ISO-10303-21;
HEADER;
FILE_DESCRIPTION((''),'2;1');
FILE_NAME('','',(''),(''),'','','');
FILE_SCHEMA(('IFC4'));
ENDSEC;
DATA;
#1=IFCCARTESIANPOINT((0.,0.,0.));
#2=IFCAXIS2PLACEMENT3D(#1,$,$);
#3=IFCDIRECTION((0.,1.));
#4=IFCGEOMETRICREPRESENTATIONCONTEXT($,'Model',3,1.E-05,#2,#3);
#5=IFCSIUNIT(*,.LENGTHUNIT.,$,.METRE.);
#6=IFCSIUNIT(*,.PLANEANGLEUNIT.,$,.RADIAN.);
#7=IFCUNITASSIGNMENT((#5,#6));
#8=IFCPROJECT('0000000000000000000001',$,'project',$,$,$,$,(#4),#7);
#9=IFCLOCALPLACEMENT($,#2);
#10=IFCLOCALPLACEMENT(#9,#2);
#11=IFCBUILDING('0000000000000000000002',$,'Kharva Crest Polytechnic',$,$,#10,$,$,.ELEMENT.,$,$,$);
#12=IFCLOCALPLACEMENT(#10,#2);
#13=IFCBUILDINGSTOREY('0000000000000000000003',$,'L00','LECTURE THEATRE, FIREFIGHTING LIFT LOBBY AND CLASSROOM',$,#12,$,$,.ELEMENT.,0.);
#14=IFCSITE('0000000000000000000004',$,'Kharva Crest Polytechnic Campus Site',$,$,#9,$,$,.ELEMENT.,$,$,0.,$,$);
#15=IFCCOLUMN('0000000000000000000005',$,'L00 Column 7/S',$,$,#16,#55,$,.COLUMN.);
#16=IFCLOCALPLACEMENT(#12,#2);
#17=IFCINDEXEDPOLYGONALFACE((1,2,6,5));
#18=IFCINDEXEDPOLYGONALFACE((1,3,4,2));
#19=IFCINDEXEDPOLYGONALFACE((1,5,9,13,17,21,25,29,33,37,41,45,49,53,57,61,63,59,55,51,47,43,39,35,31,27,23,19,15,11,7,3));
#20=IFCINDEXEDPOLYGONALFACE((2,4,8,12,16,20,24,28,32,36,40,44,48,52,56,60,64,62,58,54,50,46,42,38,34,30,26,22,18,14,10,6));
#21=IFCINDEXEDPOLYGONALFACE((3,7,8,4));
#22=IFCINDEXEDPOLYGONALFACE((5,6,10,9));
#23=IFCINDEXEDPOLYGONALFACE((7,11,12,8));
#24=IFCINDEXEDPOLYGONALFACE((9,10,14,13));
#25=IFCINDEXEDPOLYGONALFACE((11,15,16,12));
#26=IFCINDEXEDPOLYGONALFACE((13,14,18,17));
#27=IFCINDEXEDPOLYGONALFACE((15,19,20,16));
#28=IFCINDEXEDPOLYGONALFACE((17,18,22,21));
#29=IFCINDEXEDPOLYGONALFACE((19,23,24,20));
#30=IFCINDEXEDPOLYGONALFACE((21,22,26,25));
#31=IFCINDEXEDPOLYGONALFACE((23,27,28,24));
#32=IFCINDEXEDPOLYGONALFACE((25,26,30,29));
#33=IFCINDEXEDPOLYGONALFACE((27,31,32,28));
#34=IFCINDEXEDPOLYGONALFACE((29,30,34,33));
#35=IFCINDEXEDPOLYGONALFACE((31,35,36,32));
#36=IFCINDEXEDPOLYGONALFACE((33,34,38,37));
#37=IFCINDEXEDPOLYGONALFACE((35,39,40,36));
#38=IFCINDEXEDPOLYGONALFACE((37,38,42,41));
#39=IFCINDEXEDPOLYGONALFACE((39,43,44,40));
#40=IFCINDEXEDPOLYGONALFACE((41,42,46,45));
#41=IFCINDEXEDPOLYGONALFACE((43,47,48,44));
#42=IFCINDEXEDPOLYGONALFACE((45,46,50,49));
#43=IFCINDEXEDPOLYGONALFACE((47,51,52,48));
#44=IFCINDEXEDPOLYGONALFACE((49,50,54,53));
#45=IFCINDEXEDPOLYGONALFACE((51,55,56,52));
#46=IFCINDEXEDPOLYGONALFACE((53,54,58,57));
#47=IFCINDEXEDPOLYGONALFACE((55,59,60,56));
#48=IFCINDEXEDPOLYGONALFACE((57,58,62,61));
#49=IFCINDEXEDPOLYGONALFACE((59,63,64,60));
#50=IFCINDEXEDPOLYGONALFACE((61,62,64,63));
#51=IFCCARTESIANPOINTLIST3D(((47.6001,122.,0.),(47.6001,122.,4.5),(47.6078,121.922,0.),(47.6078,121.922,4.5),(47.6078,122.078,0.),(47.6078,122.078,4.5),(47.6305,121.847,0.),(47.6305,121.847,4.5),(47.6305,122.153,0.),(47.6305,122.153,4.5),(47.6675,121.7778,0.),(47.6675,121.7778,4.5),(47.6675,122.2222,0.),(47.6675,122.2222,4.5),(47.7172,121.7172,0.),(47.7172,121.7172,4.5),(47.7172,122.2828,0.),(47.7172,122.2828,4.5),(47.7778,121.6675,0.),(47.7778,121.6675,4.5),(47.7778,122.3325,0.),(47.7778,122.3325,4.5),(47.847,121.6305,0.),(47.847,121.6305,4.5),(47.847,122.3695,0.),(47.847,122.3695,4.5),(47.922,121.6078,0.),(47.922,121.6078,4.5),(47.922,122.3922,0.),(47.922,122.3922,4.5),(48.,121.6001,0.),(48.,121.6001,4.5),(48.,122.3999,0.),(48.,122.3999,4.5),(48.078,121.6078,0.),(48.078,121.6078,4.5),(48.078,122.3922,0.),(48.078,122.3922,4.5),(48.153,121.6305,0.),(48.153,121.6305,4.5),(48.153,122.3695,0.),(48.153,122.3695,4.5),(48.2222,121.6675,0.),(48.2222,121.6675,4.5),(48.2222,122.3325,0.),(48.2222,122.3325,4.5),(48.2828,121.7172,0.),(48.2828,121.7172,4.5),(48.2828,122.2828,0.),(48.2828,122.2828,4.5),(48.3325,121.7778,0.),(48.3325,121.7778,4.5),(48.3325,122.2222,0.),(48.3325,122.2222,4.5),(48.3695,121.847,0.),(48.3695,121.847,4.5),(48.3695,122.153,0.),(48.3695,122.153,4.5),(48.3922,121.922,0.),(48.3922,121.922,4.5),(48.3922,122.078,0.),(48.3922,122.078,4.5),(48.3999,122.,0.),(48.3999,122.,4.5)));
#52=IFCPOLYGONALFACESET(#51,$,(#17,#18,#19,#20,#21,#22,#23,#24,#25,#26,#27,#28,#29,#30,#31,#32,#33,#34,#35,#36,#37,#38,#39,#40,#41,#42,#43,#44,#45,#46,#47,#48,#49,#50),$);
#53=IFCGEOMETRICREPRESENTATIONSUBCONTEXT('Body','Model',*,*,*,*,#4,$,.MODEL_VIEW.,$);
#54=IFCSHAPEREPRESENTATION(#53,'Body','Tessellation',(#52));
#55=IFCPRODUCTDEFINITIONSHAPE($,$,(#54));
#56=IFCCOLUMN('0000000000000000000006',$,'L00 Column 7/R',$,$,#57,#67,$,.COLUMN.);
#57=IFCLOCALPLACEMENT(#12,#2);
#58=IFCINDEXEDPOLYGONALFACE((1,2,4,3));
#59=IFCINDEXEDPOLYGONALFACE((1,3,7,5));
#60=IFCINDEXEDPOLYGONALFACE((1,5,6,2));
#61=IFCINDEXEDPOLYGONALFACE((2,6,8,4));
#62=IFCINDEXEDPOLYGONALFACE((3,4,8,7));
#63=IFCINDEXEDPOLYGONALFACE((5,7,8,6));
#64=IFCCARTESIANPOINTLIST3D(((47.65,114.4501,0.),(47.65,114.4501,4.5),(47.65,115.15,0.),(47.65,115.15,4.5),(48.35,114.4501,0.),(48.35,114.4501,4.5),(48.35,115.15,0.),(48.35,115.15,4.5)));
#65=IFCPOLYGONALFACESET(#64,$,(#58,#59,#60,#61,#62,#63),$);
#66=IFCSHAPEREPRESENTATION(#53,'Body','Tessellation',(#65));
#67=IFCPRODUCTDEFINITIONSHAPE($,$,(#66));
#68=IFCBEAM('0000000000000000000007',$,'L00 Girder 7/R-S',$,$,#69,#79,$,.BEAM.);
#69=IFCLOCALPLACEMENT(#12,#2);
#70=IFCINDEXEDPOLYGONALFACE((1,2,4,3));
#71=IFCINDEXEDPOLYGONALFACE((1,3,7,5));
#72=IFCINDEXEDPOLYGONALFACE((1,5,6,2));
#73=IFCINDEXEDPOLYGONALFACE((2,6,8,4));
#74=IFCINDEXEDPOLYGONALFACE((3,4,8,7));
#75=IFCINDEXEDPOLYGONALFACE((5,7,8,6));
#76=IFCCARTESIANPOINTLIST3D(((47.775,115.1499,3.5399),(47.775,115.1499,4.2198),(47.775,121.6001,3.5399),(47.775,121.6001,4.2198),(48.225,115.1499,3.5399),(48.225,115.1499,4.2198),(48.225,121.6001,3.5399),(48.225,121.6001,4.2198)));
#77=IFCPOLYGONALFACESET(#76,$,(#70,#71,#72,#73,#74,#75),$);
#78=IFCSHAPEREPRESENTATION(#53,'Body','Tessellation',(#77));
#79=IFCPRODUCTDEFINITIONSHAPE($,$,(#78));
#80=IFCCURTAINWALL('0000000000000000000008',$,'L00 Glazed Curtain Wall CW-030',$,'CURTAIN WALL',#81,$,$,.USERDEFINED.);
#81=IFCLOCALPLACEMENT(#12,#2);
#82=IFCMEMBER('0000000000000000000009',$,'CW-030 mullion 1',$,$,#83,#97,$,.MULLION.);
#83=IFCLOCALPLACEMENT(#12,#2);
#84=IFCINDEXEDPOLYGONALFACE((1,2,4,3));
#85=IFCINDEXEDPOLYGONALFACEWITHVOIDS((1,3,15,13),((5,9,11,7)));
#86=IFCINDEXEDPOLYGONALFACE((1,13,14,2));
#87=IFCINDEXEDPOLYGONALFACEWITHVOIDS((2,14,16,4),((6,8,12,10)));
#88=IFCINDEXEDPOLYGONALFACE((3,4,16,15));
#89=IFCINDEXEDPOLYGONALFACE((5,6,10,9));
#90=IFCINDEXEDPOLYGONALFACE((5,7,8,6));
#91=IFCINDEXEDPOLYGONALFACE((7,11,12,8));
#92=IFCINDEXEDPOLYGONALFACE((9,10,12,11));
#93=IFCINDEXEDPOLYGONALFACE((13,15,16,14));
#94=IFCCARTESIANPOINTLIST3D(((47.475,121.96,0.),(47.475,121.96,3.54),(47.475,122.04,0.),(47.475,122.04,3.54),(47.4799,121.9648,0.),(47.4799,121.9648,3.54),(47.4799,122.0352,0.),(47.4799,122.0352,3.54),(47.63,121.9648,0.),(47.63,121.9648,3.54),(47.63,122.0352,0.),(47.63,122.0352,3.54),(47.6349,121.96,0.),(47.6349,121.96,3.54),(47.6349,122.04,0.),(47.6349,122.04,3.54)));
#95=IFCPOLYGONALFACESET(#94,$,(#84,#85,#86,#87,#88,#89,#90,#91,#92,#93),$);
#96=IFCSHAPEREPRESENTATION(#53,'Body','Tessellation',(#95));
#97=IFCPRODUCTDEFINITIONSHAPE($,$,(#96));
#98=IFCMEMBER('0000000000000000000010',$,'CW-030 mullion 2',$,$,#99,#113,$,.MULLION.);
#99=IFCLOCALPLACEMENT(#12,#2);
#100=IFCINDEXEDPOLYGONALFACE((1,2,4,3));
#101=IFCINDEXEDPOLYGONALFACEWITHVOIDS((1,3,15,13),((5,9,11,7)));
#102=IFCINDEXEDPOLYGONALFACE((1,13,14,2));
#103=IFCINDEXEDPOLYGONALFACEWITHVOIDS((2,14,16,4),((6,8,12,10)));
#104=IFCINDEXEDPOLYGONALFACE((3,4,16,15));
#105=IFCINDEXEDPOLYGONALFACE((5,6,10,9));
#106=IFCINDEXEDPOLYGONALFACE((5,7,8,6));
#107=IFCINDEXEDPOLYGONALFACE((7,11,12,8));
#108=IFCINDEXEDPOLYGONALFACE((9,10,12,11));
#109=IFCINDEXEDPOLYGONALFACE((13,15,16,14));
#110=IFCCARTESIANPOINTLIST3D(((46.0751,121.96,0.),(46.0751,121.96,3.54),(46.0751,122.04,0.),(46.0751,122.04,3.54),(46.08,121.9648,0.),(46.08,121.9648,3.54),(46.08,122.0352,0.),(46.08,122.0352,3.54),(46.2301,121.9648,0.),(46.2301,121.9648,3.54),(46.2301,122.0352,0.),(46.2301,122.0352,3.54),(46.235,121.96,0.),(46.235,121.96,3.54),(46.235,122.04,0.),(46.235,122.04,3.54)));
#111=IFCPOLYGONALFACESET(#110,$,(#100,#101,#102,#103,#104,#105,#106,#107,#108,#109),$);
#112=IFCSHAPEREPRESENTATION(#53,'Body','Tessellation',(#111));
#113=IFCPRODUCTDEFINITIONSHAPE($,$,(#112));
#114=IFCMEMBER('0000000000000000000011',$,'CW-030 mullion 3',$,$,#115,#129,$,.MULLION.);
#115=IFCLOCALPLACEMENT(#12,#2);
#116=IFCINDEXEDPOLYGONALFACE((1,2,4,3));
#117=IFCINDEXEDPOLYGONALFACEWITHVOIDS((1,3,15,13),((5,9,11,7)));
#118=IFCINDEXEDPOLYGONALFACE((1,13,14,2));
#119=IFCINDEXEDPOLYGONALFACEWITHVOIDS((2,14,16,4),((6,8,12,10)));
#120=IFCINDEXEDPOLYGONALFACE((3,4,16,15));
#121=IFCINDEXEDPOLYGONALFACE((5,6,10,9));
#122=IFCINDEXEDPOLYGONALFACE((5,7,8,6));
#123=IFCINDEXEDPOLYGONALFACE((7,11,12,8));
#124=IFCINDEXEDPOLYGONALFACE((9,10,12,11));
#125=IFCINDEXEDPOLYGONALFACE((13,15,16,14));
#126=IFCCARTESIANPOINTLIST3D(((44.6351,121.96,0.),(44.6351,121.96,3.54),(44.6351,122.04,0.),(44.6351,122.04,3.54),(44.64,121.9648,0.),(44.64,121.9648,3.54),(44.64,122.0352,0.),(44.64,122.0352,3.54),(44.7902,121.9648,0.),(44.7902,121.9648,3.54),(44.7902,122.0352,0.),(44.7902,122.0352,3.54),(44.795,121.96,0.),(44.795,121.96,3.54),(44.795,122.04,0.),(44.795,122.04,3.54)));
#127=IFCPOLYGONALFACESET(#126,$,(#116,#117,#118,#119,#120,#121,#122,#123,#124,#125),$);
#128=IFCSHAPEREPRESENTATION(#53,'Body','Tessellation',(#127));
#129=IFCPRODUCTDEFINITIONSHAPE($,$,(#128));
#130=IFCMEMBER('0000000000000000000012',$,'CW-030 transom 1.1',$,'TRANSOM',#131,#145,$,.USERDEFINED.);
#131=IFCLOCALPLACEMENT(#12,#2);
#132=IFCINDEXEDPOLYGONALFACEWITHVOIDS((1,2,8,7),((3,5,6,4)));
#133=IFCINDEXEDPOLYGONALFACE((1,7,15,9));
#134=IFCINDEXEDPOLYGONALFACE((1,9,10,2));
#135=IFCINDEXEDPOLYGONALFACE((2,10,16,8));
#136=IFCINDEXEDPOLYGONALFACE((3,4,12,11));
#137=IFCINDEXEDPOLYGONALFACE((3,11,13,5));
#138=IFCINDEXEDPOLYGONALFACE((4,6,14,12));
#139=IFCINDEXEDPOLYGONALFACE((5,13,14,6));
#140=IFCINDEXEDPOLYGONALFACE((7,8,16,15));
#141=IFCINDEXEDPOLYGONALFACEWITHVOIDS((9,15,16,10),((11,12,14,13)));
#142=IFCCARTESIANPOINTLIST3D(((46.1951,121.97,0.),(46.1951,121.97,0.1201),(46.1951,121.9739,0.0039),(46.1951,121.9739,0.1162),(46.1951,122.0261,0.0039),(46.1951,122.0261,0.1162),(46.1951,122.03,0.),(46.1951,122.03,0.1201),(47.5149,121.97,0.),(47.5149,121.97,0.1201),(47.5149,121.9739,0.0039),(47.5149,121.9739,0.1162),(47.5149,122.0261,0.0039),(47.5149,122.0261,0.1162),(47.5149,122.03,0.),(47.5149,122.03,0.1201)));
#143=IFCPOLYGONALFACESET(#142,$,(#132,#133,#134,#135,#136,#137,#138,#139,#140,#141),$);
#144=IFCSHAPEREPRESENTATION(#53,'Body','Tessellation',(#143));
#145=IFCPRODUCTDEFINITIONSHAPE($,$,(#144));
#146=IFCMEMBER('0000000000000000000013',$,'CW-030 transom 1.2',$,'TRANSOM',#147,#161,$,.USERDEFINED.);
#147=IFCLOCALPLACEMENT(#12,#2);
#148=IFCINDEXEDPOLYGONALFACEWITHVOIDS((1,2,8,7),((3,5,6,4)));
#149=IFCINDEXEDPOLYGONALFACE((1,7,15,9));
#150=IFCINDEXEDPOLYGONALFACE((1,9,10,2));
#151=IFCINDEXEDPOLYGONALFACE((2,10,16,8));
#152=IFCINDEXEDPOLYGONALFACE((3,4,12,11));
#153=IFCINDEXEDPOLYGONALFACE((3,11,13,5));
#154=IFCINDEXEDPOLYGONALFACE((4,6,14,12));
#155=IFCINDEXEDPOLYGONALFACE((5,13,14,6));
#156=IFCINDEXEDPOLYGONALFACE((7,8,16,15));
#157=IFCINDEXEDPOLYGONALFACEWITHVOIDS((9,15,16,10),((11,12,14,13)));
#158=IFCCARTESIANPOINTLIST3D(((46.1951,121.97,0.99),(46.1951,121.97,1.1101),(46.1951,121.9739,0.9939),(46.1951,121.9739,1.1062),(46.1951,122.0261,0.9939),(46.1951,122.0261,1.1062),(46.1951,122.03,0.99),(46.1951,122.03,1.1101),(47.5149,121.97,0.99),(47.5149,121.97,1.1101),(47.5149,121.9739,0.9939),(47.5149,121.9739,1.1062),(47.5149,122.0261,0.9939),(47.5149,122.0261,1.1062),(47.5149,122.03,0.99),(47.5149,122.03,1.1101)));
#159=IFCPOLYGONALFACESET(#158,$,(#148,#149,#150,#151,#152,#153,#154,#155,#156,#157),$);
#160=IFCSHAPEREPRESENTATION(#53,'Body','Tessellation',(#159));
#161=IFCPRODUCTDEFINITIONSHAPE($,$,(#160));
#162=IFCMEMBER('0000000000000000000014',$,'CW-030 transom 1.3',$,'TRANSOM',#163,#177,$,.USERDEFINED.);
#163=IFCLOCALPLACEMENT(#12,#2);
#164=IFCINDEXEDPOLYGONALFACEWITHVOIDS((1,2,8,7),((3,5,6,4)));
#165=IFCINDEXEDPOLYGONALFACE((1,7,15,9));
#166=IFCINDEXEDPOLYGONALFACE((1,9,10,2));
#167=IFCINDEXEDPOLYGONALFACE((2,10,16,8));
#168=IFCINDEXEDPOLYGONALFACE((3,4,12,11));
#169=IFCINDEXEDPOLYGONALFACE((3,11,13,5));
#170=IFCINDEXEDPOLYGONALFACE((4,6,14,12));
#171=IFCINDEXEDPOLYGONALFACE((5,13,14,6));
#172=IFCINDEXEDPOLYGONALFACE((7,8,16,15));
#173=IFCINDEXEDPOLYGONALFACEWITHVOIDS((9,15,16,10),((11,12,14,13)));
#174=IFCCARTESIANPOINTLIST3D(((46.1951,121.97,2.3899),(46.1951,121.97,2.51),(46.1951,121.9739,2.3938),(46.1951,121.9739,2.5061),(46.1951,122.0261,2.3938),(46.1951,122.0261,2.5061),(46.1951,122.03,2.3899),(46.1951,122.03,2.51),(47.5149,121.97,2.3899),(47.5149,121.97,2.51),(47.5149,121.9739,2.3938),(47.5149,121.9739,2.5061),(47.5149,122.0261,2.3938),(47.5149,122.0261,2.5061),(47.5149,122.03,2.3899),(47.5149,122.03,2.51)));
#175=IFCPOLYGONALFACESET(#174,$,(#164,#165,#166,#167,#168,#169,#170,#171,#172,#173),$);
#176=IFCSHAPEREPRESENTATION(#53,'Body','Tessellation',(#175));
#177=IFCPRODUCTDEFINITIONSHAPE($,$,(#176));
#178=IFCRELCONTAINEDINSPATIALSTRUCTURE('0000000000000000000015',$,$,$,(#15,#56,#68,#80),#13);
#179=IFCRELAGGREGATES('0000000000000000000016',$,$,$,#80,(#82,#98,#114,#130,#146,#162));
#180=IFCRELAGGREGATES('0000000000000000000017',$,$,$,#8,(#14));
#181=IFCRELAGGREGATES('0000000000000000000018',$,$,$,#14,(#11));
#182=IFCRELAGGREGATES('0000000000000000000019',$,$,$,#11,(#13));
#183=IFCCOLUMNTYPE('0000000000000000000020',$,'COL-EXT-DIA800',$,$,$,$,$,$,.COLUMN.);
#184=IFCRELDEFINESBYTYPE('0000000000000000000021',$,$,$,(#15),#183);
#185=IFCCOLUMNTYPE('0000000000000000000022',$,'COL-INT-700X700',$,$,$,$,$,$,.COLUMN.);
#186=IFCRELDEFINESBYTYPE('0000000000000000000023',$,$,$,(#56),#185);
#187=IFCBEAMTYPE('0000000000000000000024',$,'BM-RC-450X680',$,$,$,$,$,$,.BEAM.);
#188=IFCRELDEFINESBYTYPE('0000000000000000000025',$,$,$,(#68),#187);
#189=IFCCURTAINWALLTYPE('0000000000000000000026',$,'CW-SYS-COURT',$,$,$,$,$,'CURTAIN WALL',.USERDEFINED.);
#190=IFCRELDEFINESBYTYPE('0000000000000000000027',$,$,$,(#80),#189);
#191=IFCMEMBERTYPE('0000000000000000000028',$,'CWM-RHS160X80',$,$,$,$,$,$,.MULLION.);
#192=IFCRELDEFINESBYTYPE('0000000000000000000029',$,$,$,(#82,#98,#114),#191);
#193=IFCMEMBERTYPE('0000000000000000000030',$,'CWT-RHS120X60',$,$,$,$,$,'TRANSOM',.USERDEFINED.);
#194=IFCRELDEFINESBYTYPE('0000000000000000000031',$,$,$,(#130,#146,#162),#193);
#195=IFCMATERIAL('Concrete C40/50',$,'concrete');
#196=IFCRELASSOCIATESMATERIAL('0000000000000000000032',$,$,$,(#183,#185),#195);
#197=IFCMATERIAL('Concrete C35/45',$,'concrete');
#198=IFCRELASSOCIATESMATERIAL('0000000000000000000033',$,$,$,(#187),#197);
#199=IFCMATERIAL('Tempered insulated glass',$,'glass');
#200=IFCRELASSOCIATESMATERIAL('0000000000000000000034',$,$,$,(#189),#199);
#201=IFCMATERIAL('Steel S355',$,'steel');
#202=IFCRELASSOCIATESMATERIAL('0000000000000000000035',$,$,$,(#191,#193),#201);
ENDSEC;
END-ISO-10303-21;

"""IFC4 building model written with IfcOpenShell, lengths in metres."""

from ifc_helpers import new_model, si_unit, direction, frame, origin, origin_2d, place, context, subcontext, project, spatial, rectangle, hollow_rectangle, circle, extrude, material, material_profile, profile_set, type_object, element, aggregate, save


model = new_model("IFC4")

# Units and contexts
model_context = context("Model", 3, precision=1e-05, world=origin(), true_north=direction((0.0, 1.0)))
body_context = subcontext(model_context, "Body", "Model", "MODEL_VIEW")
ifc_project = project(units=[si_unit("LENGTHUNIT", "METRE"), si_unit("PLANEANGLEUNIT", "RADIAN")], contexts=[model_context])

# Site, building, storey
site_placement = place(None, origin())
site = spatial("IfcSite", under=ifc_project, at=site_placement, Name="Kharva Crest Polytechnic Campus Site", CompositionType="ELEMENT", RefElevation=0.0)
building_placement = place(site_placement, origin())
building = spatial("IfcBuilding", under=site, at=building_placement, Name="Kharva Crest Polytechnic", CompositionType="ELEMENT")
storey_placement = place(building_placement, origin())
storey = spatial("IfcBuildingStorey", under=building, at=storey_placement, Name="L00", Description="LECTURE THEATRE, FIREFIGHTING LIFT LOBBY AND CLASSROOM", CompositionType="ELEMENT", Elevation=0.0)

# Shared definitions
ifc_material_1 = material(Name="Concrete C35/45", Category="concrete")

# Columns
ifc_material_2 = material(Name="Concrete C40/50", Category="concrete")
ifc_material_profile_1 = material_profile(ifc_material_2, circle(Radius=0.3999, at=origin_2d()), Name="DIA 800")
ifc_profile_set_1 = profile_set([ifc_material_profile_1], Name="Concrete C40/50")
column_type_1 = type_object("IfcColumnType", Name="COL-EXT-DIA800", PredefinedType="COLUMN", material=ifc_profile_set_1)
column_1_placement = place(storey_placement, frame((48.0, 122.0, 0.0), z_axis=(0.0, 0.0, 1.0), x_axis=(1.0, 0.0, 0.0)))
element("IfcColumn", 1, at=column_1_placement, inside=storey, type_object=column_type_1, Name="L00 Column 7/S", PredefinedType="COLUMN", context=body_context, shape_type="SweptSolid", body=[
    extrude(circle(Radius=0.3999, at=origin_2d()), origin(), (0.0, 0.0, 1.0), 4.5),
])
ifc_material_profile_2 = material_profile(ifc_material_2, rectangle(XDim=0.7, YDim=0.7, at=origin_2d()), Name="RECT 700 X 700")
ifc_profile_set_2 = profile_set([ifc_material_profile_2], Name="Concrete C40/50")
column_type_2 = type_object("IfcColumnType", Name="COL-INT-700X700", PredefinedType="COLUMN", material=ifc_profile_set_2)
column_2_placement = place(storey_placement, frame((48.0, 114.8, 0.0), z_axis=(0.0, 0.0, 1.0), x_axis=(1.0, 0.0, 0.0)))
element("IfcColumn", 2, at=column_2_placement, inside=storey, type_object=column_type_2, Name="L00 Column 7/R", PredefinedType="COLUMN", context=body_context, shape_type="SweptSolid", body=[
    extrude(rectangle(XDim=0.7, YDim=0.7, at=origin_2d()), origin(), (0.0, 0.0, 1.0), 4.5),
])

# Beam
ifc_material_profile_3 = material_profile(ifc_material_1, rectangle(XDim=0.45, YDim=0.6799, at=origin_2d()), Name="RECT 450 X 680")
ifc_profile_set_3 = profile_set([ifc_material_profile_3], Name="Concrete C35/45")
beam_type = type_object("IfcBeamType", Name="BM-RC-450X680", PredefinedType="BEAM", material=ifc_profile_set_3)
beam_placement = place(storey_placement, frame((48.0, 115.1499, 3.8799), z_axis=(0.0, 1.0, 0.0), x_axis=(-1.0, 0.0, 0.0)))
element("IfcBeam", 3, at=beam_placement, inside=storey, type_object=beam_type, Name="L00 Girder 7/R-S", PredefinedType="BEAM", context=body_context, shape_type="SweptSolid", body=[
    extrude(rectangle(XDim=0.45, YDim=0.6799, at=origin_2d()), origin(), (0.0, 0.0, 1.0), 6.4502),
])

# Curtain wall, members
ifc_material_3 = material(Name="Tempered insulated glass", Category="glass")
curtain_wall_type = type_object("IfcCurtainWallType", Name="CW-SYS-COURT", ElementType="CURTAIN WALL", PredefinedType="USERDEFINED", material=ifc_material_3)
curtain_wall_placement = place(storey_placement, origin())
curtain_wall = element("IfcCurtainWall", 4, at=curtain_wall_placement, inside=storey, type_object=curtain_wall_type, Name="L00 Glazed Curtain Wall CW-030", ObjectType="CURTAIN WALL", PredefinedType="USERDEFINED")
ifc_material_4 = material(Name="Steel S355", Category="steel")
ifc_material_profile_4 = material_profile(ifc_material_4, hollow_rectangle(XDim=0.0801, YDim=0.1599, WallThickness=0.0049, at=origin_2d()), Name="RHS 160X80X5.0")
ifc_profile_set_4 = profile_set([ifc_material_profile_4], Name="Steel S355")
member_type_1 = type_object("IfcMemberType", Name="CWM-RHS160X80", PredefinedType="MULLION", material=ifc_profile_set_4)
member_1_placement = place(storey_placement, frame((47.5549, 122.0, 0.0), z_axis=(0.0, 0.0, 1.0), x_axis=(0.0, -1.0, 0.0)))
member_1 = element("IfcMember", 5, at=member_1_placement, type_object=member_type_1, Name="CW-030 mullion 1", PredefinedType="MULLION", context=body_context, shape_type="SweptSolid", body=[
    extrude(hollow_rectangle(XDim=0.0801, YDim=0.1599, WallThickness=0.0049, at=origin_2d()), origin(), (0.0, 0.0, 1.0), 3.54),
])
member_2_placement = place(storey_placement, frame((46.155, 122.0, 0.0), z_axis=(0.0, 0.0, 1.0), x_axis=(0.0, -1.0, 0.0)))
member_2 = element("IfcMember", 6, at=member_2_placement, type_object=member_type_1, Name="CW-030 mullion 2", PredefinedType="MULLION", context=body_context, shape_type="SweptSolid", body=[
    extrude(hollow_rectangle(XDim=0.0801, YDim=0.1599, WallThickness=0.0049, at=origin_2d()), origin(), (0.0, 0.0, 1.0), 3.54),
])
member_3_placement = place(storey_placement, frame((44.7151, 122.0, 0.0), z_axis=(0.0, 0.0, 1.0), x_axis=(0.0, -1.0, 0.0)))
member_3 = element("IfcMember", 7, at=member_3_placement, type_object=member_type_1, Name="CW-030 mullion 3", PredefinedType="MULLION", context=body_context, shape_type="SweptSolid", body=[
    extrude(hollow_rectangle(XDim=0.0801, YDim=0.1599, WallThickness=0.0049, at=origin_2d()), origin(), (0.0, 0.0, 1.0), 3.54),
])
ifc_material_profile_5 = material_profile(ifc_material_4, hollow_rectangle(XDim=0.0601, YDim=0.1201, WallThickness=0.0039, at=origin_2d()), Name="RHS 120X60X4.0")
ifc_profile_set_5 = profile_set([ifc_material_profile_5], Name="Steel S355")
member_type_2 = type_object("IfcMemberType", Name="CWT-RHS120X60", ElementType="TRANSOM", PredefinedType="USERDEFINED", material=ifc_profile_set_5)
member_4_placement = place(storey_placement, frame((47.5149, 122.0, 0.0601), z_axis=(-1.0, 0.0, 0.0), x_axis=(0.0, -1.0, 0.0)))
member_4 = element("IfcMember", 8, at=member_4_placement, type_object=member_type_2, Name="CW-030 transom 1.1", ObjectType="TRANSOM", PredefinedType="USERDEFINED", context=body_context, shape_type="SweptSolid", body=[
    extrude(hollow_rectangle(XDim=0.0601, YDim=0.1201, WallThickness=0.0039, at=origin_2d()), origin(), (0.0, 0.0, 1.0), 1.3198),
])
member_5_placement = place(storey_placement, frame((47.5149, 122.0, 1.05), z_axis=(-1.0, 0.0, 0.0), x_axis=(0.0, -1.0, 0.0)))
member_5 = element("IfcMember", 9, at=member_5_placement, type_object=member_type_2, Name="CW-030 transom 1.2", ObjectType="TRANSOM", PredefinedType="USERDEFINED", context=body_context, shape_type="SweptSolid", body=[
    extrude(hollow_rectangle(XDim=0.0601, YDim=0.1201, WallThickness=0.0039, at=origin_2d()), origin(), (0.0, 0.0, 1.0), 1.3198),
])
member_6_placement = place(storey_placement, frame((47.5149, 122.0, 2.45), z_axis=(-1.0, 0.0, 0.0), x_axis=(0.0, -1.0, 0.0)))
member_6 = element("IfcMember", 10, at=member_6_placement, type_object=member_type_2, Name="CW-030 transom 1.3", ObjectType="TRANSOM", PredefinedType="USERDEFINED", context=body_context, shape_type="SweptSolid", body=[
    extrude(hollow_rectangle(XDim=0.0601, YDim=0.1201, WallThickness=0.0039, at=origin_2d()), origin(), (0.0, 0.0, 1.0), 1.3198),
])
aggregate(curtain_wall, [member_1, member_2, member_3, member_4, member_5, member_6])

save(model, "model.ifc")
